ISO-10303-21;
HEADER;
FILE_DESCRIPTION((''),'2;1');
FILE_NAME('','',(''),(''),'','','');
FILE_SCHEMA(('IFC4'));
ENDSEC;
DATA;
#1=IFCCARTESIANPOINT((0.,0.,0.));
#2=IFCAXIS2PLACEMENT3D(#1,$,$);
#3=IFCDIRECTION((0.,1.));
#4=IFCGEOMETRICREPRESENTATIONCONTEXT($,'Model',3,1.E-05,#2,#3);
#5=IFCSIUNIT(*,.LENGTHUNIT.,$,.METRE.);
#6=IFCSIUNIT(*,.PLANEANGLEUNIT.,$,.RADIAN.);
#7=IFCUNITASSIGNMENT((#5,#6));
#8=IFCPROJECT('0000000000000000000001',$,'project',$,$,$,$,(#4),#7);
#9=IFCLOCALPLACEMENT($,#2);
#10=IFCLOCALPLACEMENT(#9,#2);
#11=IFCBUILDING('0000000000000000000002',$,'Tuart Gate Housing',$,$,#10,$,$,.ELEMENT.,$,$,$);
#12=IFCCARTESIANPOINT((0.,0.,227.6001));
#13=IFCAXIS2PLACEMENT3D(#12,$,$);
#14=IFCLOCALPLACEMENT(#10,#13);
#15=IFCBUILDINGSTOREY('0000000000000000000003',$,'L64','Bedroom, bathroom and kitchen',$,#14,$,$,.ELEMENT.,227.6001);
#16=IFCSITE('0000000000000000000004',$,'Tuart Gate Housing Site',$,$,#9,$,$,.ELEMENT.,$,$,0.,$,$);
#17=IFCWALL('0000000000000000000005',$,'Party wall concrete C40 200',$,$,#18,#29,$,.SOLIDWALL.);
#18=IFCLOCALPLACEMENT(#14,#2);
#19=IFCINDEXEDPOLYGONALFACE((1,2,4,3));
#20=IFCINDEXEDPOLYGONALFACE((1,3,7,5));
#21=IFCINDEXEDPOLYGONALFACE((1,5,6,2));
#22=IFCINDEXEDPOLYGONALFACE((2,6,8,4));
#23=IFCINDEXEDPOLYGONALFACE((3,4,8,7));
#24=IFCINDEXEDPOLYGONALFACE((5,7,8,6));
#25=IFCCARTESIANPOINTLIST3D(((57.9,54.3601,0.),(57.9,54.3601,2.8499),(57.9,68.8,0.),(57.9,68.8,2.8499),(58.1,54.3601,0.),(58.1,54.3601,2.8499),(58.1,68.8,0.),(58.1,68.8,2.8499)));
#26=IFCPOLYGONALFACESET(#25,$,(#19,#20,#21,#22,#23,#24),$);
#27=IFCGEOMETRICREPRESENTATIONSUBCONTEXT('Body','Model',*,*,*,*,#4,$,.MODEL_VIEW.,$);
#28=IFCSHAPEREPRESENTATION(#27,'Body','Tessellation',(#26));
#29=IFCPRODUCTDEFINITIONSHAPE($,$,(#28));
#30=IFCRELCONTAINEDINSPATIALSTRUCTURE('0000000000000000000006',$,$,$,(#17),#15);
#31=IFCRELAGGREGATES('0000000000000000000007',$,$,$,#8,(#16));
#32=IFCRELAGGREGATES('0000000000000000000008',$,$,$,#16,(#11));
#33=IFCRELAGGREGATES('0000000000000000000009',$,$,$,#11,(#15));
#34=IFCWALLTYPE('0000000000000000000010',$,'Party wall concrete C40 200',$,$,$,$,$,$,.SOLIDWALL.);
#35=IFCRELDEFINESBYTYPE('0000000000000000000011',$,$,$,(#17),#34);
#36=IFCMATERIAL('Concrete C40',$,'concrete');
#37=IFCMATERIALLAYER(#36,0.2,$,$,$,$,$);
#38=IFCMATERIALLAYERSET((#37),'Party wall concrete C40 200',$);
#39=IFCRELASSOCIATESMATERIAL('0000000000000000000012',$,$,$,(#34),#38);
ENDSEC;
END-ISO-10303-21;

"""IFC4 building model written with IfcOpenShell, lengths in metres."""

from ifc_helpers import new_model, si_unit, direction, frame, frame_2d, origin, place, context, subcontext, project, spatial, rectangle, extrude, material, layer, layer_set, type_object, element, save


model = new_model("IFC4")

# Units and contexts
model_context = context("Model", 3, precision=1e-05, world=origin(), true_north=direction((0.0, 1.0)))
body_context = subcontext(model_context, "Body", "Model", "MODEL_VIEW")
ifc_project = project(units=[si_unit("LENGTHUNIT", "METRE"), si_unit("PLANEANGLEUNIT", "RADIAN")], contexts=[model_context])

# Site, building, storey
site_placement = place(None, origin())
site = spatial("IfcSite", under=ifc_project, at=site_placement, Name="Tuart Gate Housing Site", CompositionType="ELEMENT", RefElevation=0.0)
building_placement = place(site_placement, origin())
building = spatial("IfcBuilding", under=site, at=building_placement, Name="Tuart Gate Housing", CompositionType="ELEMENT")
storey_placement = place(building_placement, frame((0.0, 0.0, 227.6001)))
storey = spatial("IfcBuildingStorey", under=building, at=storey_placement, Name="L64", Description="Bedroom, bathroom and kitchen", CompositionType="ELEMENT", Elevation=227.6001)

# Wall
ifc_material_1 = material(Name="Concrete C40", Category="concrete")
ifc_layer_1 = layer(ifc_material_1, 0.2)
ifc_layer_set_1 = layer_set([ifc_layer_1], Name="Party wall concrete C40 200")
wall_type_1 = type_object("IfcWallType", Name="Party wall concrete C40 200", PredefinedType="SOLIDWALL", material=ifc_layer_set_1)
for number, where, z_axis, x_axis, name in (
    (1, (58.0, 54.3601, 0.0), (0.0, 0.0, 1.0), (0.0, 1.0, 0.0), "Party wall concrete C40 200"),
):
    element("IfcWall", number, at=place(storey_placement, frame(where, z_axis=z_axis, x_axis=x_axis)), inside=storey, type_object=wall_type_1, Name=name, PredefinedType="SOLIDWALL", context=body_context, shape_type="SweptSolid", body=[
        extrude(rectangle(XDim=14.4399, YDim=0.2, at=frame_2d((7.22, 0.0))), origin(), (0.0, 0.0, 1.0), 2.8499),
    ])

save(model, "model.ifc")
